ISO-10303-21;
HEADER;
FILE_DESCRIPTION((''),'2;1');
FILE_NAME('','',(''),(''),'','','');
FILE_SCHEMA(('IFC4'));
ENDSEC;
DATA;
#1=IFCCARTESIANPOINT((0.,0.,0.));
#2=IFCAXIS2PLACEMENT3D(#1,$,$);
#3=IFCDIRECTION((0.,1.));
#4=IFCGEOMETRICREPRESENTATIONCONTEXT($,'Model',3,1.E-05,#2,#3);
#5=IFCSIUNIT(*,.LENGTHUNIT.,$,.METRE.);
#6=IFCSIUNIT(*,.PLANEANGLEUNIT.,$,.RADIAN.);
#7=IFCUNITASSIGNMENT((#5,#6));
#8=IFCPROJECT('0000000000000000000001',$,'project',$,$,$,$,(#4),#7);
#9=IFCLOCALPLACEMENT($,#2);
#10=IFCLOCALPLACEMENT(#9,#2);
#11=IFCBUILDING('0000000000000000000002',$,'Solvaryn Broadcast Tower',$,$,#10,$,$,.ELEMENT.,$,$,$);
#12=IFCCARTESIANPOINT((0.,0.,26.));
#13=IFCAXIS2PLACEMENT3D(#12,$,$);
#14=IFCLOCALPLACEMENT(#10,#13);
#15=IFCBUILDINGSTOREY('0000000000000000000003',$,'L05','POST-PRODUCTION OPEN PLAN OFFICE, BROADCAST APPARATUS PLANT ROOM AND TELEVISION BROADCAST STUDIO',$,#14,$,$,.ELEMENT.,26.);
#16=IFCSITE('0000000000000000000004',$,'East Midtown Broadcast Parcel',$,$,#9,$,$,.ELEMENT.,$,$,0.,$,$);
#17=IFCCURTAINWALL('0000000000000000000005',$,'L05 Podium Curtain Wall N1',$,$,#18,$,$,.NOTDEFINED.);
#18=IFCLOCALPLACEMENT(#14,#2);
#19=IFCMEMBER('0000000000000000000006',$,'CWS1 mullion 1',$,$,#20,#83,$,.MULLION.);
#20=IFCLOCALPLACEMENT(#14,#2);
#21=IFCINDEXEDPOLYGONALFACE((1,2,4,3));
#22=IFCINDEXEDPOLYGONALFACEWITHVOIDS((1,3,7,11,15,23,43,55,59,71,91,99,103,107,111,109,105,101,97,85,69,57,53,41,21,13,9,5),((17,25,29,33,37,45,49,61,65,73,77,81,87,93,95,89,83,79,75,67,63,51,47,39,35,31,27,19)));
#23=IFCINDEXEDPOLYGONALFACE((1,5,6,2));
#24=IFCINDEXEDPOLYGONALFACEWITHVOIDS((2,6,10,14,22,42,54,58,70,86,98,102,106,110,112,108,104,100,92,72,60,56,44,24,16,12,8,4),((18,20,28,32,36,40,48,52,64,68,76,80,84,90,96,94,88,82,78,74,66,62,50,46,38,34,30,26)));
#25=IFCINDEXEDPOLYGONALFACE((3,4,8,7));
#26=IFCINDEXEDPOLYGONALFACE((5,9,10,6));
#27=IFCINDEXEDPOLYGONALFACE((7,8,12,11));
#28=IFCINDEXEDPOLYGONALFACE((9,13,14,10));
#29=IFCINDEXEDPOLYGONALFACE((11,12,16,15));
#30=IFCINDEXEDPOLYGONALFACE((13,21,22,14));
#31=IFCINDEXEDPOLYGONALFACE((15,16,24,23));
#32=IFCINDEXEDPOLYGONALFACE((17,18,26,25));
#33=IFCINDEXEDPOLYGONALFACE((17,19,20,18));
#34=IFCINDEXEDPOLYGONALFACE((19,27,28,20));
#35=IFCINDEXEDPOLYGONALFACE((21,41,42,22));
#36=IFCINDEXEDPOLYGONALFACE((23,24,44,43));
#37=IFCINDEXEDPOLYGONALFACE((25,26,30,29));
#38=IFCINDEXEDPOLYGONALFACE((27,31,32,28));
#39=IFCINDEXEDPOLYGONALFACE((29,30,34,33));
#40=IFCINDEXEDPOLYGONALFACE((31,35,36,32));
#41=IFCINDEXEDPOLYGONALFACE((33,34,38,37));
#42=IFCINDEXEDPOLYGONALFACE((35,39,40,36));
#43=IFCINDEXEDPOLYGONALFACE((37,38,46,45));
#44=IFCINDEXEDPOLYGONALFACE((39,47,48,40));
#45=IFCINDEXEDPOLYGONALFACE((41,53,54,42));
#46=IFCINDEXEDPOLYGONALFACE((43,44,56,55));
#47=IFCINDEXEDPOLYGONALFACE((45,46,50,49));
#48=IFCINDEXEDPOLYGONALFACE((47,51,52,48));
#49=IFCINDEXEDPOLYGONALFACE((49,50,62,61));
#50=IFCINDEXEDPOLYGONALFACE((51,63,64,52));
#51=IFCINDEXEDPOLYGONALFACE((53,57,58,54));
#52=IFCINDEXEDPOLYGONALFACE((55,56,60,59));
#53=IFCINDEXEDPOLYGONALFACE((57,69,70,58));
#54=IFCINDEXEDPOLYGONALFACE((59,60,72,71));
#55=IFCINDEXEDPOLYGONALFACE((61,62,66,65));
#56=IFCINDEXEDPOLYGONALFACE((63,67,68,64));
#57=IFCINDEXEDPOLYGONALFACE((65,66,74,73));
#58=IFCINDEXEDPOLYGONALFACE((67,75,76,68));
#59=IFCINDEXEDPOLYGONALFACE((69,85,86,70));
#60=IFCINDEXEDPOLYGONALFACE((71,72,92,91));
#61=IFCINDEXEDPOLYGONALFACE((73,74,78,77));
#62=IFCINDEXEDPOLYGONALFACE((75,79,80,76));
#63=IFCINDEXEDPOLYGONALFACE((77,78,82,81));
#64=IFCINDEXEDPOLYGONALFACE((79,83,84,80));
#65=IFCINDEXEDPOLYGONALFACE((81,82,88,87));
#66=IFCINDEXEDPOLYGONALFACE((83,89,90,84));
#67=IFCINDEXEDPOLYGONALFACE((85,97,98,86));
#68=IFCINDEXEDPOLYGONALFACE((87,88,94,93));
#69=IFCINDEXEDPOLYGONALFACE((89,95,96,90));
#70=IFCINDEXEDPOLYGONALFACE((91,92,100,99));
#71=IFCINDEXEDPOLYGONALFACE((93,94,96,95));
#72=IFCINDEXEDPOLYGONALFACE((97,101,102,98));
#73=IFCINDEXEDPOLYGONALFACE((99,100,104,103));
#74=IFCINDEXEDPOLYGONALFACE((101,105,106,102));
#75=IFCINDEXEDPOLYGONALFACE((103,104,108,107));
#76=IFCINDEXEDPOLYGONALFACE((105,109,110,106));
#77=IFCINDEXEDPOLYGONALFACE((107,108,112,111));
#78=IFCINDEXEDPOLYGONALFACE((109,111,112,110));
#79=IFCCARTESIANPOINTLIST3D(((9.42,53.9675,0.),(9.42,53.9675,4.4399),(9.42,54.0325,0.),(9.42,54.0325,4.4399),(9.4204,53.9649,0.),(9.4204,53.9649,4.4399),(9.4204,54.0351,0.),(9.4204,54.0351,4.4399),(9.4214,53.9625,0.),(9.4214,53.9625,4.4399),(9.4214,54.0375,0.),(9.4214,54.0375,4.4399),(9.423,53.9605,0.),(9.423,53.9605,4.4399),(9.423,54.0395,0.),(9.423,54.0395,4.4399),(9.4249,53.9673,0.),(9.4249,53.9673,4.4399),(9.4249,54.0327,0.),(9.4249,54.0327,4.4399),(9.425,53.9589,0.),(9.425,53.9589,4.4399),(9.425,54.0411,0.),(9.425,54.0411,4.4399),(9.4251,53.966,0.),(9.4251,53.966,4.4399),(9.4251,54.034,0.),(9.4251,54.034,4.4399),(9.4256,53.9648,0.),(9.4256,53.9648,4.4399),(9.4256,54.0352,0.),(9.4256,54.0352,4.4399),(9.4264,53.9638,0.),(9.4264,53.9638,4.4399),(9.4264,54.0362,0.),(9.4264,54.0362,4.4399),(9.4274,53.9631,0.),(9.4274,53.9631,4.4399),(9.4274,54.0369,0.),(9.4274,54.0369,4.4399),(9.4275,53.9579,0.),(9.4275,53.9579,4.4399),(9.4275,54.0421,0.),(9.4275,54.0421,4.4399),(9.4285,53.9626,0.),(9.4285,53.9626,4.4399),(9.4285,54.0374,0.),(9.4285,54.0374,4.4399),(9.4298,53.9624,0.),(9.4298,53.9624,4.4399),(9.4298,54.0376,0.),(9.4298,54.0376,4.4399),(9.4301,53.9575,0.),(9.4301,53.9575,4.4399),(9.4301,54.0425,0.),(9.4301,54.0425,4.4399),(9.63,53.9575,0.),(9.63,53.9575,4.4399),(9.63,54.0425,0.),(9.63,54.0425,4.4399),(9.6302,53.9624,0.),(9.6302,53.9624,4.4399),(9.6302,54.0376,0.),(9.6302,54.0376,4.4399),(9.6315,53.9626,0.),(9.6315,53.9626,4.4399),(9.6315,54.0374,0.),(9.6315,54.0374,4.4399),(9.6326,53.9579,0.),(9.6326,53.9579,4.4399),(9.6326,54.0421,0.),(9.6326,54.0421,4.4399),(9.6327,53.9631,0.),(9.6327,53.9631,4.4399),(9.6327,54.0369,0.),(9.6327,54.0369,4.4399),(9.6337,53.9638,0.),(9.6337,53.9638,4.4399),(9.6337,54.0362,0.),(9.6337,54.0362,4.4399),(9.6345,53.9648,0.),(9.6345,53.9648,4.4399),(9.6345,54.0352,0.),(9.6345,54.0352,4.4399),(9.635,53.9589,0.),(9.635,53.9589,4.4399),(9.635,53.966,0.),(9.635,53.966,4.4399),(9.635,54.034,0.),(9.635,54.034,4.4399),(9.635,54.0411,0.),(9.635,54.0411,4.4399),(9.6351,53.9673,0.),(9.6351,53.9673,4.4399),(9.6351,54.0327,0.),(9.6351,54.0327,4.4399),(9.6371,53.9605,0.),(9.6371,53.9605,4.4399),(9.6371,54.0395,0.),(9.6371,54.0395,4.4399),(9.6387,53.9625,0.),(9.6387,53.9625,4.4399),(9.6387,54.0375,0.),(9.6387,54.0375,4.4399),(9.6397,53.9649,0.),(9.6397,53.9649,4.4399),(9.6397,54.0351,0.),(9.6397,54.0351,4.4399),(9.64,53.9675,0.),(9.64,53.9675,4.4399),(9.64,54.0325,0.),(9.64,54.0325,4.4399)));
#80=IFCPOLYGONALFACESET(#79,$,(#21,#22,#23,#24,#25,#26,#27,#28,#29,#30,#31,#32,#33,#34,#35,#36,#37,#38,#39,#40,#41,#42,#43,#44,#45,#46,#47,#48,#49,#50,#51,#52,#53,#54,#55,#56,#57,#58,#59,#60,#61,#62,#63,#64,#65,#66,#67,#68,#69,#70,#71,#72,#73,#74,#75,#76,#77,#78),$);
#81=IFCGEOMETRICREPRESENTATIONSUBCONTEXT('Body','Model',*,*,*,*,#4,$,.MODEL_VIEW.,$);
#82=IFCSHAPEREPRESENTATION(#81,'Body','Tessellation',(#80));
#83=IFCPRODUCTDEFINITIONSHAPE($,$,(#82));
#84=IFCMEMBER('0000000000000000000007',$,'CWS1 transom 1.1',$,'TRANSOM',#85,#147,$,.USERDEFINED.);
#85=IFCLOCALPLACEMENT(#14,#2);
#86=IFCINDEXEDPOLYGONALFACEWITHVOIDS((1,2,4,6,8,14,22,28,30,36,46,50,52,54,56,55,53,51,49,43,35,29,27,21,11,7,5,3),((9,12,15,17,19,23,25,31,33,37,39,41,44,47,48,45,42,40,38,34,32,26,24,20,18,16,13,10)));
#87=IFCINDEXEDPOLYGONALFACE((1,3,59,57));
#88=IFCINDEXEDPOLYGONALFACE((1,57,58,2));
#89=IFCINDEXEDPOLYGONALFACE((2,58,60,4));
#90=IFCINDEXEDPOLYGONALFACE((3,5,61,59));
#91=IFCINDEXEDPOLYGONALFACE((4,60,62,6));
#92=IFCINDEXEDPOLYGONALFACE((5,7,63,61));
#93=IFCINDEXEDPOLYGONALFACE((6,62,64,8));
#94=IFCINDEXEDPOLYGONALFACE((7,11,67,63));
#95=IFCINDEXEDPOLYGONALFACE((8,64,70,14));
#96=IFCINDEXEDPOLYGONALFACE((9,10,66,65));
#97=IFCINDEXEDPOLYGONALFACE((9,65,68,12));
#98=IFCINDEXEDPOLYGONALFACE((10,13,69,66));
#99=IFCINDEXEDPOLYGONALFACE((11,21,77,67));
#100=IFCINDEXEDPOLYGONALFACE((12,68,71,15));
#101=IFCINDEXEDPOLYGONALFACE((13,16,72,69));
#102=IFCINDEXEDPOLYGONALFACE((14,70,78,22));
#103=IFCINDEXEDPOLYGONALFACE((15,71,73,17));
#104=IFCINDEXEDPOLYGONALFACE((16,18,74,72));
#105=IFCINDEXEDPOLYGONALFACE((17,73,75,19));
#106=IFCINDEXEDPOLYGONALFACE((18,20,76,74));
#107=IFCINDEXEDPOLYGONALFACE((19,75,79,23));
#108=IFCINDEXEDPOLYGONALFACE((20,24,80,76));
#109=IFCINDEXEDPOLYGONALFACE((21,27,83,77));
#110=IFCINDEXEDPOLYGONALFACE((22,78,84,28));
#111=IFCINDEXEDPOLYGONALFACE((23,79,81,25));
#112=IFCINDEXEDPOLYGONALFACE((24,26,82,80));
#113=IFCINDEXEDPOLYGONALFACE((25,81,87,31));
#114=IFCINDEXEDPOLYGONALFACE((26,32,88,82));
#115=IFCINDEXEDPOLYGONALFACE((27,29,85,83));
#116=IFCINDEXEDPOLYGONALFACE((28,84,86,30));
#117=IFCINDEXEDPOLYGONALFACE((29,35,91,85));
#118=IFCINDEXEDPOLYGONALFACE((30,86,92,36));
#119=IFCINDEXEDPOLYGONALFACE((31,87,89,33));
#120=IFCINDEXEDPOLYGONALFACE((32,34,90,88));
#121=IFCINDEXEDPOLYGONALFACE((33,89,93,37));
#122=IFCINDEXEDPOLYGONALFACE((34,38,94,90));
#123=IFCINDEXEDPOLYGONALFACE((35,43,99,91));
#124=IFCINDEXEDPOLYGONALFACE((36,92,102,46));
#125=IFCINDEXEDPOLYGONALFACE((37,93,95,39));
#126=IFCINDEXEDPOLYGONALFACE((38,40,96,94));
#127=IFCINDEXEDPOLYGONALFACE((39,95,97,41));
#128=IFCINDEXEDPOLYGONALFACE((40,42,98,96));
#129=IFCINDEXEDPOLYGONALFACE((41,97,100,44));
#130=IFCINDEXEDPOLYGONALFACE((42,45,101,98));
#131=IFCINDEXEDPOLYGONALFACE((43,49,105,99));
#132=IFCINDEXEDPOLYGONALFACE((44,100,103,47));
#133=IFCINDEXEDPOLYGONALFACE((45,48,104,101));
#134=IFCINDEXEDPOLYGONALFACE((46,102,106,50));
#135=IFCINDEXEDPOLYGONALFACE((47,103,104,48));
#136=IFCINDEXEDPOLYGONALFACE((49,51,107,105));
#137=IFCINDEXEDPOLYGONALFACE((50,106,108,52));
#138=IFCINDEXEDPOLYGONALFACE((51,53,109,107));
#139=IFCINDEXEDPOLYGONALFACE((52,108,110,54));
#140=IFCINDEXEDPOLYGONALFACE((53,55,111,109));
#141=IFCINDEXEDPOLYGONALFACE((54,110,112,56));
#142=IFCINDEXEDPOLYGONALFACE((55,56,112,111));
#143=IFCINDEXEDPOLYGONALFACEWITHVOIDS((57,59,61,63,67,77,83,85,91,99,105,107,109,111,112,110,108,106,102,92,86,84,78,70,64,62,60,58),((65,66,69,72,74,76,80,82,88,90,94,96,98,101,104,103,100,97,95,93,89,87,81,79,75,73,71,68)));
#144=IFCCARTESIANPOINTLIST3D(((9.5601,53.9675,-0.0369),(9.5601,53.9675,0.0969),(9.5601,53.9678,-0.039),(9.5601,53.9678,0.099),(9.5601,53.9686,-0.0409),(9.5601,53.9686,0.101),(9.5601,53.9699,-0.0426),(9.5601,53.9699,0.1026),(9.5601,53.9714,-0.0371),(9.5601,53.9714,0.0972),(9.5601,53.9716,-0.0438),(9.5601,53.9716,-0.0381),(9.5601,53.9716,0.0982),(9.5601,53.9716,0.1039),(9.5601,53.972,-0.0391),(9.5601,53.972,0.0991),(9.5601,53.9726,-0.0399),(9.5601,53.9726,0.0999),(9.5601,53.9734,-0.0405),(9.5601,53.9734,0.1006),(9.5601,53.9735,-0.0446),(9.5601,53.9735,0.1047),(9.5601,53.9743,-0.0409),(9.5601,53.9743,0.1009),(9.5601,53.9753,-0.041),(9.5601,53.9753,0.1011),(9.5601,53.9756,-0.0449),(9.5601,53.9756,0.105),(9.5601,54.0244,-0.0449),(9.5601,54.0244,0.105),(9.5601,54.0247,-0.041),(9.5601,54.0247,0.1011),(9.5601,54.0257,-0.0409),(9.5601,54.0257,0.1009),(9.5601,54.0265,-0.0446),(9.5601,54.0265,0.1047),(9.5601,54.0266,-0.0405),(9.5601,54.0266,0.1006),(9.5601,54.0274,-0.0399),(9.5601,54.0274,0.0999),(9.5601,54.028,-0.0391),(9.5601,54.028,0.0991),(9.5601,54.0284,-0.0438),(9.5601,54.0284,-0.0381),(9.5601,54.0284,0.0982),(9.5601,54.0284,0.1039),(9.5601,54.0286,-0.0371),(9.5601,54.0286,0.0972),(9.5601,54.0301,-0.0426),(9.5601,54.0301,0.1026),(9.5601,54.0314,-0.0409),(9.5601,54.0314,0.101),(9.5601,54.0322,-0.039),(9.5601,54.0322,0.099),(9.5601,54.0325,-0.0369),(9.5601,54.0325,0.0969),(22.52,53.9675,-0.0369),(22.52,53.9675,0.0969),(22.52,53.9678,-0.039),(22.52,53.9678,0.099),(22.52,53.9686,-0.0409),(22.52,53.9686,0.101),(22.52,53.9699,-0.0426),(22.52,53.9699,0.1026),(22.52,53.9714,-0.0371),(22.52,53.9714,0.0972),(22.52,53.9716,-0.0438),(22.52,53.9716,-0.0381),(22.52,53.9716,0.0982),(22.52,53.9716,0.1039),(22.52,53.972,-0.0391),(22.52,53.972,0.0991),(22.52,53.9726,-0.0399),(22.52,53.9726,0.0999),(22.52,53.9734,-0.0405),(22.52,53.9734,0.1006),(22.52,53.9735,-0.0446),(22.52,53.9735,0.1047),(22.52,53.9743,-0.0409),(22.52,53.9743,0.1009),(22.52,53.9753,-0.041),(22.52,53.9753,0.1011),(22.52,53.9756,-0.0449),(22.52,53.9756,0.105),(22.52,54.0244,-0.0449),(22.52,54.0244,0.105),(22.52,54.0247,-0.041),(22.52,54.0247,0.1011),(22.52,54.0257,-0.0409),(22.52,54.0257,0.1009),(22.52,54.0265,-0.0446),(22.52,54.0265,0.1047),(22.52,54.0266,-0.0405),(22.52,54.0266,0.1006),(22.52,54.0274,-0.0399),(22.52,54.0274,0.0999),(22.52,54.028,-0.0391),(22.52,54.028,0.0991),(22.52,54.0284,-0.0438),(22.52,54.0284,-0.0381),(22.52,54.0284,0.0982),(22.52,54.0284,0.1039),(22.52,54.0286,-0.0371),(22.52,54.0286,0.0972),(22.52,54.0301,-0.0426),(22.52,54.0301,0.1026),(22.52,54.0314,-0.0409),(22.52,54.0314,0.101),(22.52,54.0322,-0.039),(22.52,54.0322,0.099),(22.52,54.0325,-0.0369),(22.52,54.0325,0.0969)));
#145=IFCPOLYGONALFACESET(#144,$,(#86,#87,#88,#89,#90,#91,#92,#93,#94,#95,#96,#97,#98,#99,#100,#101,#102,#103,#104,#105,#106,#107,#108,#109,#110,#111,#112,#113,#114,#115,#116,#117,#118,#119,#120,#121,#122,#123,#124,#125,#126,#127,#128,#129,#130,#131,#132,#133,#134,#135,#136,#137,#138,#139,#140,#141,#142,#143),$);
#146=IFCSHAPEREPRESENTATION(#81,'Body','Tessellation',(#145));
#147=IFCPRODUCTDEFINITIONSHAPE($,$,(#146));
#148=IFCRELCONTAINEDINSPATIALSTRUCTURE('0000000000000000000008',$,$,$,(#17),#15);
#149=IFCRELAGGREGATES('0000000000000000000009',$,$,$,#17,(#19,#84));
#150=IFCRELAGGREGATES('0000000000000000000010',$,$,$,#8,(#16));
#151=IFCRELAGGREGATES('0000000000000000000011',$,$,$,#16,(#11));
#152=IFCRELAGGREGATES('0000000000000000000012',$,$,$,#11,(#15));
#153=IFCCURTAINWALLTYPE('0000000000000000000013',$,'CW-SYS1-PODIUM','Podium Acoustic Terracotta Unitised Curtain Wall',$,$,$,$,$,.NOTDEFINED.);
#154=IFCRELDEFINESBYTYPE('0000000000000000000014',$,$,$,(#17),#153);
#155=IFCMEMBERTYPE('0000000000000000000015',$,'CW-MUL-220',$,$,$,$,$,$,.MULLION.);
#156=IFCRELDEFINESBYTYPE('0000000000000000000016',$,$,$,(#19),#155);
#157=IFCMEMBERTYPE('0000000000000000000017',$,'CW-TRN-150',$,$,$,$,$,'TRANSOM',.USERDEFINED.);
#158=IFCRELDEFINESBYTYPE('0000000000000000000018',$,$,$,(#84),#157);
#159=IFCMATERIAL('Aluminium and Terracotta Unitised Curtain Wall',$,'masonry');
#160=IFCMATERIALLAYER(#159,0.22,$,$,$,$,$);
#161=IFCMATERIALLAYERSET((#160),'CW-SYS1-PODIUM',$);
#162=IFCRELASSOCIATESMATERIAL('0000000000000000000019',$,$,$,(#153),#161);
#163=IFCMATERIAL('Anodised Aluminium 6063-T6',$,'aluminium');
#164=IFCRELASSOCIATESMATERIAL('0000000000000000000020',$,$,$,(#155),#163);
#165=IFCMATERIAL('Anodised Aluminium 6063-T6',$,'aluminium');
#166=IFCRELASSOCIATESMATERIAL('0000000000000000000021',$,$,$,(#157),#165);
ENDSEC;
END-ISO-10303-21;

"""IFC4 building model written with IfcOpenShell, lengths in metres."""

from ifc_helpers import new_model, si_unit, direction, frame, origin, origin_2d, place, context, subcontext, project, spatial, hollow_rectangle, extrude, material, layer, layer_set, material_profile, profile_set, type_object, element, aggregate, save


model = new_model("IFC4")

# Units and contexts
model_context = context("Model", 3, precision=1e-05, world=origin(), true_north=direction((0.0, 1.0)))
body_context = subcontext(model_context, "Body", "Model", "MODEL_VIEW")
ifc_project = project(units=[si_unit("LENGTHUNIT", "METRE"), si_unit("PLANEANGLEUNIT", "RADIAN")], contexts=[model_context])

# Site, building, storey
site_placement = place(None, origin())
site = spatial("IfcSite", under=ifc_project, at=site_placement, Name="East Midtown Broadcast Parcel", CompositionType="ELEMENT", RefElevation=0.0)
building_placement = place(site_placement, origin())
building = spatial("IfcBuilding", under=site, at=building_placement, Name="Solvaryn Broadcast Tower", CompositionType="ELEMENT")
storey_placement = place(building_placement, frame((0.0, 0.0, 26.0)))
storey = spatial("IfcBuildingStorey", under=building, at=storey_placement, Name="L05", Description="POST-PRODUCTION OPEN PLAN OFFICE, BROADCAST APPARATUS PLANT ROOM AND TELEVISION BROADCAST STUDIO", CompositionType="ELEMENT", Elevation=26.0)

# Curtain wall, members
ifc_material_1 = material(Name="Aluminium and Terracotta Unitised Curtain Wall", Category="masonry")
ifc_layer_1 = layer(ifc_material_1, 0.22)
ifc_layer_set_1 = layer_set([ifc_layer_1], Name="CW-SYS1-PODIUM")
curtain_wall_type = type_object("IfcCurtainWallType", Name="CW-SYS1-PODIUM", Description="Podium Acoustic Terracotta Unitised Curtain Wall", PredefinedType="NOTDEFINED", material=ifc_layer_set_1)
curtain_wall_placement = place(storey_placement, origin())
curtain_wall = element("IfcCurtainWall", 1, at=curtain_wall_placement, inside=storey, type_object=curtain_wall_type, Name="L05 Podium Curtain Wall N1", PredefinedType="NOTDEFINED")
ifc_material_2 = material(Name="Anodised Aluminium 6063-T6", Category="aluminium")
ifc_material_profile_1 = material_profile(ifc_material_2, hollow_rectangle(XDim=0.085, YDim=0.22, WallThickness=0.0049, InnerFilletRadius=0.0049, OuterFilletRadius=0.01, at=origin_2d()))
ifc_profile_set_1 = profile_set([ifc_material_profile_1], Name="Anodised Aluminium 6063-T6")
member_type_1 = type_object("IfcMemberType", Name="CW-MUL-220", PredefinedType="MULLION", material=ifc_profile_set_1)
member_1_placement = place(storey_placement, frame((9.53, 54.0, 0.0), z_axis=(0.0, 0.0, 1.0), x_axis=(0.0, 1.0, 0.0)))
member_1 = element("IfcMember", 2, at=member_1_placement, type_object=member_type_1, Name="CWS1 mullion 1", PredefinedType="MULLION", context=body_context, shape_type="SweptSolid", body=[
    extrude(hollow_rectangle(XDim=0.085, YDim=0.22, WallThickness=0.0049, InnerFilletRadius=0.0049, OuterFilletRadius=0.01, at=origin_2d()), origin(), (0.0, 0.0, 1.0), 4.4399),
])
ifc_material_3 = material(Name="Anodised Aluminium 6063-T6", Category="aluminium")
ifc_material_profile_2 = material_profile(ifc_material_3, hollow_rectangle(XDim=0.0649, YDim=0.1499, WallThickness=0.0039, InnerFilletRadius=0.0039, OuterFilletRadius=0.0081, at=origin_2d()))
ifc_profile_set_2 = profile_set([ifc_material_profile_2], Name="Anodised Aluminium 6063-T6")
member_type_2 = type_object("IfcMemberType", Name="CW-TRN-150", ElementType="TRANSOM", PredefinedType="USERDEFINED", material=ifc_profile_set_2)
member_2_placement = place(storey_placement, frame((9.5601, 54.0, 0.03), z_axis=(1.0, 0.0, 0.0), x_axis=(0.0, 1.0, 0.0)))
member_2 = element("IfcMember", 3, at=member_2_placement, type_object=member_type_2, Name="CWS1 transom 1.1", ObjectType="TRANSOM", PredefinedType="USERDEFINED", context=body_context, shape_type="SweptSolid", body=[
    extrude(hollow_rectangle(XDim=0.0649, YDim=0.1499, WallThickness=0.0039, InnerFilletRadius=0.0039, OuterFilletRadius=0.0081, at=origin_2d()), origin(), (0.0, 0.0, 1.0), 12.96),
])
aggregate(curtain_wall, [member_1, member_2])

save(model, "model.ifc")
